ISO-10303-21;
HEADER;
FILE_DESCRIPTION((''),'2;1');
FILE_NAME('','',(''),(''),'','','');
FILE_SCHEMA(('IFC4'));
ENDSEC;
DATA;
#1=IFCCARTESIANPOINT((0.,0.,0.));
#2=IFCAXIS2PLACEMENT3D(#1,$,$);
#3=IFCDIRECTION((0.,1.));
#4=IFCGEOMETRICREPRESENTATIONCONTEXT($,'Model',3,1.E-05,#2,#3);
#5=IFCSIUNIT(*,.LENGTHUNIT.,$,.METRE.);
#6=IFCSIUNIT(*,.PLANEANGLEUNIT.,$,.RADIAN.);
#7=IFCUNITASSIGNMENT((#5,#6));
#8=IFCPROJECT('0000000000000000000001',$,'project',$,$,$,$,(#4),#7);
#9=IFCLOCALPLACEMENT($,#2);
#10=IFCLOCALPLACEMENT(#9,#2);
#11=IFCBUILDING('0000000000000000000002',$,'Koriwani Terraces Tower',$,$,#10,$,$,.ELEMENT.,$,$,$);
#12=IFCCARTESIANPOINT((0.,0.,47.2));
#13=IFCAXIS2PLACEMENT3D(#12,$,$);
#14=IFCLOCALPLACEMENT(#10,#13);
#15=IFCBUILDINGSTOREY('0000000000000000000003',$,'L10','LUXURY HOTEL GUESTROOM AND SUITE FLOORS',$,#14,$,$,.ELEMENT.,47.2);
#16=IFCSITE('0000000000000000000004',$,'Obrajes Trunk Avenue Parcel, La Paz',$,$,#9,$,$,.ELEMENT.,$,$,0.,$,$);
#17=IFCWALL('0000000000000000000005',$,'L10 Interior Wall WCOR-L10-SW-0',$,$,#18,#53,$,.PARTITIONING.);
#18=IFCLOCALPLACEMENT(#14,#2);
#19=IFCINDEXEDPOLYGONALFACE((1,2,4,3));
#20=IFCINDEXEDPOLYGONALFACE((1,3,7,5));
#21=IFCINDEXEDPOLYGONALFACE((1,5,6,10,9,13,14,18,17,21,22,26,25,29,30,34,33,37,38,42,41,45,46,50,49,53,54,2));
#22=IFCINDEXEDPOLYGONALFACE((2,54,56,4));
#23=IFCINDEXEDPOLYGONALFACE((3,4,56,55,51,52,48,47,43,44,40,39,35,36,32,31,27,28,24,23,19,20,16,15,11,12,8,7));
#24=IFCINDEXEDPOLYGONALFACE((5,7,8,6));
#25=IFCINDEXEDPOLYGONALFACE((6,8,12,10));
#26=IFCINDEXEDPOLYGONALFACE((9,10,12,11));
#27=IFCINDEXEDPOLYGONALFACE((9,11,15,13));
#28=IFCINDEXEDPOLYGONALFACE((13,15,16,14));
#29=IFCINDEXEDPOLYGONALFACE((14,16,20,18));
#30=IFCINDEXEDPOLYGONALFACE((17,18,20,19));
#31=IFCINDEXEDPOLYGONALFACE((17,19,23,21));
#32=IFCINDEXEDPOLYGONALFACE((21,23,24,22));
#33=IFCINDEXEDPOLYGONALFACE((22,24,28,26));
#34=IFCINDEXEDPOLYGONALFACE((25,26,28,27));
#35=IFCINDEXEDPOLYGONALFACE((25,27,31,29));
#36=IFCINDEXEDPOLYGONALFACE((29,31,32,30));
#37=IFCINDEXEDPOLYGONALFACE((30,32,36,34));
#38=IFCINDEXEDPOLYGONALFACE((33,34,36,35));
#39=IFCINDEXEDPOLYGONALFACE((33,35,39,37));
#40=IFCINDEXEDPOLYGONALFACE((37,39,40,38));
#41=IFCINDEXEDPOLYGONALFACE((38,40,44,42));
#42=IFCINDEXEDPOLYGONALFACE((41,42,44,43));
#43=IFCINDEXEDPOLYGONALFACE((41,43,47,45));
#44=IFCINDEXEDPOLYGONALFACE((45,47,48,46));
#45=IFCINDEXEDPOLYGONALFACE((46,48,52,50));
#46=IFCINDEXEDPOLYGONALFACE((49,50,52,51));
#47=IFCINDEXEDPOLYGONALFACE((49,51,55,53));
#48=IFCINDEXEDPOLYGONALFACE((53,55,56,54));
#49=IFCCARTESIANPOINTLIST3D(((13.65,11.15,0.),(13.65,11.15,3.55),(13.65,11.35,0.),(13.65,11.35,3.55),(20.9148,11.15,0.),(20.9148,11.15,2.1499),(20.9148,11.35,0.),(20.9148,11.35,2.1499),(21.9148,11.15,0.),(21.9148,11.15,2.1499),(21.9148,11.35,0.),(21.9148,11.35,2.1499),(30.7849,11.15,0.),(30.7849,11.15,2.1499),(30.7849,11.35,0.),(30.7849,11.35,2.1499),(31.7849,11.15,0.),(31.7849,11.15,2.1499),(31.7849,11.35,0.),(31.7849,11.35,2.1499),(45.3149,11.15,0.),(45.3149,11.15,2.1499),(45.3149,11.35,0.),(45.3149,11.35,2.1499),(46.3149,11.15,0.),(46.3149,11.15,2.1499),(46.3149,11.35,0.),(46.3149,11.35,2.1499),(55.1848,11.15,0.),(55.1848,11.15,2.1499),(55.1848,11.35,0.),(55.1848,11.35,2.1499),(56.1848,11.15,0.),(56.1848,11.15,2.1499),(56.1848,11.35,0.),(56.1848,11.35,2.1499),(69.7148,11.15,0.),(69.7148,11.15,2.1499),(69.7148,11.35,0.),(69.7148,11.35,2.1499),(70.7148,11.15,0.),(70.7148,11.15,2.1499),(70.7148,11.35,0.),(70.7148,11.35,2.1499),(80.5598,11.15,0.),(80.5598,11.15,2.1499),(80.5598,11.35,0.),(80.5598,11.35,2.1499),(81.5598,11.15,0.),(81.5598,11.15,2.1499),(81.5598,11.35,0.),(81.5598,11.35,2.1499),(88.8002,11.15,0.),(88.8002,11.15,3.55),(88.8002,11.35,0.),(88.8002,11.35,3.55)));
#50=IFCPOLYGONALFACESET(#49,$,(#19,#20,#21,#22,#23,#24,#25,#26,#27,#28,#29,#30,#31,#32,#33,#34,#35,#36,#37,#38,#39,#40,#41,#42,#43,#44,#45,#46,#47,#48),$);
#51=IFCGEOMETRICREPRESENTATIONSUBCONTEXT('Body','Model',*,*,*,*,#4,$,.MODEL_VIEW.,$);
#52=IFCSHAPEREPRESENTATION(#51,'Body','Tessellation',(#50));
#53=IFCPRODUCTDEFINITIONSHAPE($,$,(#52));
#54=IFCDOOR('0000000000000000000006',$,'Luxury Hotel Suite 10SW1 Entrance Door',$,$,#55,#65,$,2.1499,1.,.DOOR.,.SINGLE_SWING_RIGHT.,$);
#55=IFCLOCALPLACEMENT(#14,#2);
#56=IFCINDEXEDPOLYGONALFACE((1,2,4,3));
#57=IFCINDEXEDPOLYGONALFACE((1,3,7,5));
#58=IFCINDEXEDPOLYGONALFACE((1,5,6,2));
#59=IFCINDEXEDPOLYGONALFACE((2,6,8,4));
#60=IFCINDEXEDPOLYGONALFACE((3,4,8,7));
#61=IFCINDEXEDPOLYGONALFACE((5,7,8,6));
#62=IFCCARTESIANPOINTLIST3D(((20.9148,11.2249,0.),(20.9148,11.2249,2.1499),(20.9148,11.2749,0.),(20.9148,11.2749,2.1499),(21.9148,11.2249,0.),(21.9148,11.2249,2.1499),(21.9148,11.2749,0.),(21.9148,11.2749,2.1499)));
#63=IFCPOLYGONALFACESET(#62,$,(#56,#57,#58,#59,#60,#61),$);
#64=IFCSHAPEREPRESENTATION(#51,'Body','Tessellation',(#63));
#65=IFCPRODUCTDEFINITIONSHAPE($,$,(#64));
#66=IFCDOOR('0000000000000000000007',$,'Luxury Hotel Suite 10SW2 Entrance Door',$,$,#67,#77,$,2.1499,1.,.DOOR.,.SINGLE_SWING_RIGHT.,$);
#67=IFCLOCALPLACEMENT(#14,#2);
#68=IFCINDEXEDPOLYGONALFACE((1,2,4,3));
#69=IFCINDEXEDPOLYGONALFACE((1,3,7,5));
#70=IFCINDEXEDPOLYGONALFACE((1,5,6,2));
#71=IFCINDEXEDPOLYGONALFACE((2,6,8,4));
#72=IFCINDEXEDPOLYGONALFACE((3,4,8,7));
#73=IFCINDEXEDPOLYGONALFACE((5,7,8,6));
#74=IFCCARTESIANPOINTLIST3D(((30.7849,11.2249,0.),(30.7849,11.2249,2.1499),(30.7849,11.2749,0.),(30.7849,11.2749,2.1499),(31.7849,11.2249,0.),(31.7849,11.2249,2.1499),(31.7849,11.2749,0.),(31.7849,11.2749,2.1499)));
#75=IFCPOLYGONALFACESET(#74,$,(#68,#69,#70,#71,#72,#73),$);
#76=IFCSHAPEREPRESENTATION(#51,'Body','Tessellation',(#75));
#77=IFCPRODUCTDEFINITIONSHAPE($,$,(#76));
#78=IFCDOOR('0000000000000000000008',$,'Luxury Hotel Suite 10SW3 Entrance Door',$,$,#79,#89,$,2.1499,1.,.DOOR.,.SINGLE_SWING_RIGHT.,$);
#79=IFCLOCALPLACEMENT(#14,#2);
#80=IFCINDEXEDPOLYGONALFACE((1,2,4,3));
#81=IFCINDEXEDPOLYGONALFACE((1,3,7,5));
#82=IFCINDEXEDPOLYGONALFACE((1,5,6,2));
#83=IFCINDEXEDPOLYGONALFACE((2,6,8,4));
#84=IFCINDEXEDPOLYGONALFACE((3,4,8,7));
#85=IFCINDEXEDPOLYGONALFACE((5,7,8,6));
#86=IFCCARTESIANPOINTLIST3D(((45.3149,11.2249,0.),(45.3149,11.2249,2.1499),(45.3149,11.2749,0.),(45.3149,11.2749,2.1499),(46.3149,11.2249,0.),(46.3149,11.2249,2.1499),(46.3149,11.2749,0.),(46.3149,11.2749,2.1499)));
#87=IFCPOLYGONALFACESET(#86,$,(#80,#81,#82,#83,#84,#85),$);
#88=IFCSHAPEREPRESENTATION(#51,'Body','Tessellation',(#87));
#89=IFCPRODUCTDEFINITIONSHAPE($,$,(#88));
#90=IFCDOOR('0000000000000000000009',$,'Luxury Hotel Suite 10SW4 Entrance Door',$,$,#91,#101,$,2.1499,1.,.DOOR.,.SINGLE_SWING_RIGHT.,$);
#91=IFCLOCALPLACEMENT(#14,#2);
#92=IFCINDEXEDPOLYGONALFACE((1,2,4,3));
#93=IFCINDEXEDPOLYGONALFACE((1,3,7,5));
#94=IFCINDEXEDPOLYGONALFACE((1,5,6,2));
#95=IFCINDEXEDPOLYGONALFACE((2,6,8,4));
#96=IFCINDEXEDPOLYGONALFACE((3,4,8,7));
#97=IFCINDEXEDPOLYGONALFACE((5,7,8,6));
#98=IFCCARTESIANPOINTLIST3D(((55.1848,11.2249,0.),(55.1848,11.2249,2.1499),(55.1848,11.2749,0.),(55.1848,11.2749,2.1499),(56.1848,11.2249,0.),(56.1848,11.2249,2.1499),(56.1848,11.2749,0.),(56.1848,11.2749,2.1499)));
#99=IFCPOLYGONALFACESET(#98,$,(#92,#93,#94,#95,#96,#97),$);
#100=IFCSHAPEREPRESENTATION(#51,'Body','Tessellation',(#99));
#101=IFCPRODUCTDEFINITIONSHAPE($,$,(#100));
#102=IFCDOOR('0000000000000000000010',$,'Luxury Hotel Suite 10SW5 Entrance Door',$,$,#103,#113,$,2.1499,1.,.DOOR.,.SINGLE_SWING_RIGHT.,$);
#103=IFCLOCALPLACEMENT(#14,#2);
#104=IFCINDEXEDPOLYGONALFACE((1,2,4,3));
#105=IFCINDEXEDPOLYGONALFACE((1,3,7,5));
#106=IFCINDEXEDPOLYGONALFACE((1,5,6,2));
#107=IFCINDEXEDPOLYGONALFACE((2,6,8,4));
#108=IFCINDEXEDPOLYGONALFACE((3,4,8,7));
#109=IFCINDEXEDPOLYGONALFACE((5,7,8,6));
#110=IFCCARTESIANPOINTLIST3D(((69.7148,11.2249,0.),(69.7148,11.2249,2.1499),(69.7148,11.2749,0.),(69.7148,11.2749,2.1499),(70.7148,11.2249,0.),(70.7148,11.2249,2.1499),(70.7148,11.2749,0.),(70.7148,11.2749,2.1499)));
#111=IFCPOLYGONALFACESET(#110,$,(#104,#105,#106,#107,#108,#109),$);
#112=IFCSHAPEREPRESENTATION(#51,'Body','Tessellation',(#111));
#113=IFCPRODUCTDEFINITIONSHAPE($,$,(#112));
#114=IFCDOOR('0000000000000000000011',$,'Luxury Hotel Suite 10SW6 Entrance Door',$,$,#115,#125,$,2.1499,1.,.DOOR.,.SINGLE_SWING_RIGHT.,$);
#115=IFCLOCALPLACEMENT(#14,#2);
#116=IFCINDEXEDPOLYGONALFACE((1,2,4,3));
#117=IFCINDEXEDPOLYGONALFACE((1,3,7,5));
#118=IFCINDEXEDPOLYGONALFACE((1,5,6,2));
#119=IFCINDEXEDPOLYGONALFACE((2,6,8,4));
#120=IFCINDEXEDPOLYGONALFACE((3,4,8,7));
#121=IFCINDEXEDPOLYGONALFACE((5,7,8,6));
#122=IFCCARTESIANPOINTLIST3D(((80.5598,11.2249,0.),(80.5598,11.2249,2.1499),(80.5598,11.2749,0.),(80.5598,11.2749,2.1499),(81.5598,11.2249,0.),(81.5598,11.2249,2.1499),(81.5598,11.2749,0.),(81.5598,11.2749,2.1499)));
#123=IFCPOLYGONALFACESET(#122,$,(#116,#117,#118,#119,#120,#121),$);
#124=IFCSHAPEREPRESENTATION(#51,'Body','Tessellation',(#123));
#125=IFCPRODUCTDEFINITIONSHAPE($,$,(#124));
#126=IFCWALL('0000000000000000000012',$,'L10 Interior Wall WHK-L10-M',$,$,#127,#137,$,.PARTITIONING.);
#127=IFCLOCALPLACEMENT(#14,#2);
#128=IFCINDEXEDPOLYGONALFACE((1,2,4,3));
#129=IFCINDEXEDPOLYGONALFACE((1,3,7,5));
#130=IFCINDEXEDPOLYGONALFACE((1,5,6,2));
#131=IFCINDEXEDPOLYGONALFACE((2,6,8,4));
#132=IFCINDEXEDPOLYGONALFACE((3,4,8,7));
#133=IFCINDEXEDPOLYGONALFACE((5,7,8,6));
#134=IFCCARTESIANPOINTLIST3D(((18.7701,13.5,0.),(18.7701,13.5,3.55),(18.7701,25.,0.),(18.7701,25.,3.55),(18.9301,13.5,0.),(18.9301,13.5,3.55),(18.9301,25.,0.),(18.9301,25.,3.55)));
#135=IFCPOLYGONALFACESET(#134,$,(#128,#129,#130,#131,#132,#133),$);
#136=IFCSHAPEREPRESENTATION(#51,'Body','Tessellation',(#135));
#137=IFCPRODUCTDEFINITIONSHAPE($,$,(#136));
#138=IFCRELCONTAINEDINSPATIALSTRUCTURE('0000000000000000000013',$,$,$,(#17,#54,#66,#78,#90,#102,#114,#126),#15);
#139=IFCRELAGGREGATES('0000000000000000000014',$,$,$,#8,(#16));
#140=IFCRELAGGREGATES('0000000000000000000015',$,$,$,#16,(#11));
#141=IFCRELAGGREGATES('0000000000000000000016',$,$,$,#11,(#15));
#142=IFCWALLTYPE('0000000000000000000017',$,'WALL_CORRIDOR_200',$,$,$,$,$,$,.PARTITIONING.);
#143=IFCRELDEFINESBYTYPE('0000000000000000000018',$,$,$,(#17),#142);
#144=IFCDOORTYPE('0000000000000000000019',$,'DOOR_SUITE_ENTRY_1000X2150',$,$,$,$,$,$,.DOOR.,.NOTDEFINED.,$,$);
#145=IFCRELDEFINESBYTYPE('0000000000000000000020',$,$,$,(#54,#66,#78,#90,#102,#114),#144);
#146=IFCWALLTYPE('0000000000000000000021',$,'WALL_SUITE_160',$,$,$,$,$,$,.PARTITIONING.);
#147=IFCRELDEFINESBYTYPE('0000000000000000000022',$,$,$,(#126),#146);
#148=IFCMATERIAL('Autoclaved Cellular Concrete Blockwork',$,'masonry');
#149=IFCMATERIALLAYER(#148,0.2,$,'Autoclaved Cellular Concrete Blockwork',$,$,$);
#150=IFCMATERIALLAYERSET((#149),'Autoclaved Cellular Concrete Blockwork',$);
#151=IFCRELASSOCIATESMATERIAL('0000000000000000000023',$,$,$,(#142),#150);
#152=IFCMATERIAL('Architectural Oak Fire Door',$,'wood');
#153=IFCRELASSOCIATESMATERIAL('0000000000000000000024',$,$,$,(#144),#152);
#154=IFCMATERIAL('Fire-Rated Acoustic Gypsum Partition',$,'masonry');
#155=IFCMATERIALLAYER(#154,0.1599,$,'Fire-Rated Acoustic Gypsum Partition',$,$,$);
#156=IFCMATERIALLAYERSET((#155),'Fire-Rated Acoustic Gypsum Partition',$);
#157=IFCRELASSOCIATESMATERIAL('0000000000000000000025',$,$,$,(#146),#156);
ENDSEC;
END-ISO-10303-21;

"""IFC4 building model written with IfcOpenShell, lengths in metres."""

from ifc_helpers import new_model, si_unit, direction, frame, frame_2d, origin, place, context, subcontext, project, spatial, rectangle, extrude, material, layer, layer_set, type_object, element, fill, save


model = new_model("IFC4")

# Units and contexts
model_context = context("Model", 3, precision=1e-05, world=origin(), true_north=direction((0.0, 1.0)))
body_context = subcontext(model_context, "Body", "Model", "MODEL_VIEW")
ifc_project = project(units=[si_unit("LENGTHUNIT", "METRE"), si_unit("PLANEANGLEUNIT", "RADIAN")], contexts=[model_context])

# Site, building, storey
site_placement = place(None, origin())
site = spatial("IfcSite", under=ifc_project, at=site_placement, Name="Obrajes Trunk Avenue Parcel, La Paz", CompositionType="ELEMENT", RefElevation=0.0)
building_placement = place(site_placement, origin())
building = spatial("IfcBuilding", under=site, at=building_placement, Name="Koriwani Terraces Tower", CompositionType="ELEMENT")
storey_placement = place(building_placement, frame((0.0, 0.0, 47.2)))
storey = spatial("IfcBuildingStorey", under=building, at=storey_placement, Name="L10", Description="LUXURY HOTEL GUESTROOM AND SUITE FLOORS", CompositionType="ELEMENT", Elevation=47.2)

# Shared definitions
ifc_material_1 = material(Name="Autoclaved Cellular Concrete Blockwork", Category="masonry")
ifc_layer_1 = layer(ifc_material_1, 0.2, Name="Autoclaved Cellular Concrete Blockwork")
ifc_layer_set_1 = layer_set([ifc_layer_1], Name="Autoclaved Cellular Concrete Blockwork")
wall_type_1 = type_object("IfcWallType", Name="WALL_CORRIDOR_200", PredefinedType="PARTITIONING", material=ifc_layer_set_1)
ifc_material_2 = material(Name="Architectural Oak Fire Door", Category="wood")

# Wall, openings, doors
wall_1_placement = place(storey_placement, frame((13.6499, 11.25, 0.0), z_axis=(0.0, 0.0, 1.0), x_axis=(1.0, 0.0, 0.0)))
wall_1 = element("IfcWall", 1, at=wall_1_placement, inside=storey, type_object=wall_type_1, Name="L10 Interior Wall WCOR-L10-SW-0", PredefinedType="PARTITIONING", context=body_context, shape_type="SweptSolid", body=[
    extrude(rectangle(XDim=75.1501, YDim=0.2, at=frame_2d((37.5752, 0.0))), origin(), (0.0, 0.0, 1.0), 3.55),
])
opening_1_placement = place(wall_1_placement, frame((7.2649, 0.0, 0.0)))
opening_1 = element("IfcOpeningElement", 2, at=opening_1_placement, cuts=wall_1, PredefinedType="OPENING", context=body_context, shape_type="SweptSolid", body=[
    extrude(rectangle(XDim=1.0, YDim=2.1499, at=frame_2d((0.5, 1.075))), frame((0.0, 0.1099, 0.0), z_axis=(0.0, -1.0, 0.0), x_axis=(1.0, 0.0, 0.0)), (0.0, 0.0, 1.0), 0.22),
])
opening_2_placement = place(wall_1_placement, frame((17.135, 0.0, 0.0)))
opening_2 = element("IfcOpeningElement", 3, at=opening_2_placement, cuts=wall_1, PredefinedType="OPENING", context=body_context, shape_type="SweptSolid", body=[
    extrude(rectangle(XDim=1.0, YDim=2.1499, at=frame_2d((0.5, 1.075))), frame((0.0, 0.1099, 0.0), z_axis=(0.0, -1.0, 0.0), x_axis=(1.0, 0.0, 0.0)), (0.0, 0.0, 1.0), 0.22),
])
opening_3_placement = place(wall_1_placement, frame((31.665, 0.0, 0.0)))
opening_3 = element("IfcOpeningElement", 4, at=opening_3_placement, cuts=wall_1, PredefinedType="OPENING", context=body_context, shape_type="SweptSolid", body=[
    extrude(rectangle(XDim=1.0, YDim=2.1499, at=frame_2d((0.5, 1.075))), frame((0.0, 0.1099, 0.0), z_axis=(0.0, -1.0, 0.0), x_axis=(1.0, 0.0, 0.0)), (0.0, 0.0, 1.0), 0.22),
])
opening_4_placement = place(wall_1_placement, frame((41.5349, 0.0, 0.0)))
opening_4 = element("IfcOpeningElement", 5, at=opening_4_placement, cuts=wall_1, PredefinedType="OPENING", context=body_context, shape_type="SweptSolid", body=[
    extrude(rectangle(XDim=1.0, YDim=2.1499, at=frame_2d((0.5, 1.075))), frame((0.0, 0.1099, 0.0), z_axis=(0.0, -1.0, 0.0), x_axis=(1.0, 0.0, 0.0)), (0.0, 0.0, 1.0), 0.22),
])
opening_5_placement = place(wall_1_placement, frame((56.0649, 0.0, 0.0)))
opening_5 = element("IfcOpeningElement", 6, at=opening_5_placement, cuts=wall_1, PredefinedType="OPENING", context=body_context, shape_type="SweptSolid", body=[
    extrude(rectangle(XDim=1.0, YDim=2.1499, at=frame_2d((0.5, 1.075))), frame((0.0, 0.1099, 0.0), z_axis=(0.0, -1.0, 0.0), x_axis=(1.0, 0.0, 0.0)), (0.0, 0.0, 1.0), 0.22),
])
opening_6_placement = place(wall_1_placement, frame((66.9099, 0.0, 0.0)))
opening_6 = element("IfcOpeningElement", 7, at=opening_6_placement, cuts=wall_1, PredefinedType="OPENING", context=body_context, shape_type="SweptSolid", body=[
    extrude(rectangle(XDim=1.0, YDim=2.1499, at=frame_2d((0.5, 1.075))), frame((0.0, 0.1099, 0.0), z_axis=(0.0, -1.0, 0.0), x_axis=(1.0, 0.0, 0.0)), (0.0, 0.0, 1.0), 0.22),
])
door_type_1 = type_object("IfcDoorType", Name="DOOR_SUITE_ENTRY_1000X2150", OperationType="NOTDEFINED", PredefinedType="DOOR", material=ifc_material_2)
door_1_placement = place(opening_1_placement, origin())
door_1 = element("IfcDoor", 8, at=door_1_placement, inside=storey, type_object=door_type_1, Name="Luxury Hotel Suite 10SW1 Entrance Door", OperationType="SINGLE_SWING_RIGHT", OverallHeight=2.1499, OverallWidth=1.0, PredefinedType="DOOR", context=body_context, shape_type="SweptSolid", body=[
    extrude(rectangle(XDim=1.0, YDim=2.1499, at=frame_2d((0.5, 1.075))), frame((0.0, 0.0249, 0.0), z_axis=(0.0, -1.0, 0.0), x_axis=(1.0, 0.0, 0.0)), (0.0, 0.0, 1.0), 0.05),
])
fill(opening_1, door_1)
door_2_placement = place(opening_2_placement, origin())
door_2 = element("IfcDoor", 9, at=door_2_placement, inside=storey, type_object=door_type_1, Name="Luxury Hotel Suite 10SW2 Entrance Door", OperationType="SINGLE_SWING_RIGHT", OverallHeight=2.1499, OverallWidth=1.0, PredefinedType="DOOR", context=body_context, shape_type="SweptSolid", body=[
    extrude(rectangle(XDim=1.0, YDim=2.1499, at=frame_2d((0.5, 1.075))), frame((0.0, 0.0249, 0.0), z_axis=(0.0, -1.0, 0.0), x_axis=(1.0, 0.0, 0.0)), (0.0, 0.0, 1.0), 0.05),
])
fill(opening_2, door_2)
door_3_placement = place(opening_3_placement, origin())
door_3 = element("IfcDoor", 10, at=door_3_placement, inside=storey, type_object=door_type_1, Name="Luxury Hotel Suite 10SW3 Entrance Door", OperationType="SINGLE_SWING_RIGHT", OverallHeight=2.1499, OverallWidth=1.0, PredefinedType="DOOR", context=body_context, shape_type="SweptSolid", body=[
    extrude(rectangle(XDim=1.0, YDim=2.1499, at=frame_2d((0.5, 1.075))), frame((0.0, 0.0249, 0.0), z_axis=(0.0, -1.0, 0.0), x_axis=(1.0, 0.0, 0.0)), (0.0, 0.0, 1.0), 0.05),
])
fill(opening_3, door_3)
door_4_placement = place(opening_4_placement, origin())
door_4 = element("IfcDoor", 11, at=door_4_placement, inside=storey, type_object=door_type_1, Name="Luxury Hotel Suite 10SW4 Entrance Door", OperationType="SINGLE_SWING_RIGHT", OverallHeight=2.1499, OverallWidth=1.0, PredefinedType="DOOR", context=body_context, shape_type="SweptSolid", body=[
    extrude(rectangle(XDim=1.0, YDim=2.1499, at=frame_2d((0.5, 1.075))), frame((0.0, 0.0249, 0.0), z_axis=(0.0, -1.0, 0.0), x_axis=(1.0, 0.0, 0.0)), (0.0, 0.0, 1.0), 0.05),
])
fill(opening_4, door_4)
door_5_placement = place(opening_5_placement, origin())
door_5 = element("IfcDoor", 12, at=door_5_placement, inside=storey, type_object=door_type_1, Name="Luxury Hotel Suite 10SW5 Entrance Door", OperationType="SINGLE_SWING_RIGHT", OverallHeight=2.1499, OverallWidth=1.0, PredefinedType="DOOR", context=body_context, shape_type="SweptSolid", body=[
    extrude(rectangle(XDim=1.0, YDim=2.1499, at=frame_2d((0.5, 1.075))), frame((0.0, 0.0249, 0.0), z_axis=(0.0, -1.0, 0.0), x_axis=(1.0, 0.0, 0.0)), (0.0, 0.0, 1.0), 0.05),
])
fill(opening_5, door_5)
door_6_placement = place(opening_6_placement, origin())
door_6 = element("IfcDoor", 13, at=door_6_placement, inside=storey, type_object=door_type_1, Name="Luxury Hotel Suite 10SW6 Entrance Door", OperationType="SINGLE_SWING_RIGHT", OverallHeight=2.1499, OverallWidth=1.0, PredefinedType="DOOR", context=body_context, shape_type="SweptSolid", body=[
    extrude(rectangle(XDim=1.0, YDim=2.1499, at=frame_2d((0.5, 1.075))), frame((0.0, 0.0249, 0.0), z_axis=(0.0, -1.0, 0.0), x_axis=(1.0, 0.0, 0.0)), (0.0, 0.0, 1.0), 0.05),
])
fill(opening_6, door_6)

# Wall
ifc_material_3 = material(Name="Fire-Rated Acoustic Gypsum Partition", Category="masonry")
ifc_layer_2 = layer(ifc_material_3, 0.1599, Name="Fire-Rated Acoustic Gypsum Partition")
ifc_layer_set_2 = layer_set([ifc_layer_2], Name="Fire-Rated Acoustic Gypsum Partition")
wall_type_2 = type_object("IfcWallType", Name="WALL_SUITE_160", PredefinedType="PARTITIONING", material=ifc_layer_set_2)
wall_2_placement = place(storey_placement, frame((18.8501, 13.5, 0.0), z_axis=(0.0, 0.0, 1.0), x_axis=(0.0, 1.0, 0.0)))
element("IfcWall", 14, at=wall_2_placement, inside=storey, type_object=wall_type_2, Name="L10 Interior Wall WHK-L10-M", PredefinedType="PARTITIONING", context=body_context, shape_type="SweptSolid", body=[
    extrude(rectangle(XDim=11.5, YDim=0.1599, at=frame_2d((5.75, 0.0))), origin(), (0.0, 0.0, 1.0), 3.55),
])

save(model, "model.ifc")
